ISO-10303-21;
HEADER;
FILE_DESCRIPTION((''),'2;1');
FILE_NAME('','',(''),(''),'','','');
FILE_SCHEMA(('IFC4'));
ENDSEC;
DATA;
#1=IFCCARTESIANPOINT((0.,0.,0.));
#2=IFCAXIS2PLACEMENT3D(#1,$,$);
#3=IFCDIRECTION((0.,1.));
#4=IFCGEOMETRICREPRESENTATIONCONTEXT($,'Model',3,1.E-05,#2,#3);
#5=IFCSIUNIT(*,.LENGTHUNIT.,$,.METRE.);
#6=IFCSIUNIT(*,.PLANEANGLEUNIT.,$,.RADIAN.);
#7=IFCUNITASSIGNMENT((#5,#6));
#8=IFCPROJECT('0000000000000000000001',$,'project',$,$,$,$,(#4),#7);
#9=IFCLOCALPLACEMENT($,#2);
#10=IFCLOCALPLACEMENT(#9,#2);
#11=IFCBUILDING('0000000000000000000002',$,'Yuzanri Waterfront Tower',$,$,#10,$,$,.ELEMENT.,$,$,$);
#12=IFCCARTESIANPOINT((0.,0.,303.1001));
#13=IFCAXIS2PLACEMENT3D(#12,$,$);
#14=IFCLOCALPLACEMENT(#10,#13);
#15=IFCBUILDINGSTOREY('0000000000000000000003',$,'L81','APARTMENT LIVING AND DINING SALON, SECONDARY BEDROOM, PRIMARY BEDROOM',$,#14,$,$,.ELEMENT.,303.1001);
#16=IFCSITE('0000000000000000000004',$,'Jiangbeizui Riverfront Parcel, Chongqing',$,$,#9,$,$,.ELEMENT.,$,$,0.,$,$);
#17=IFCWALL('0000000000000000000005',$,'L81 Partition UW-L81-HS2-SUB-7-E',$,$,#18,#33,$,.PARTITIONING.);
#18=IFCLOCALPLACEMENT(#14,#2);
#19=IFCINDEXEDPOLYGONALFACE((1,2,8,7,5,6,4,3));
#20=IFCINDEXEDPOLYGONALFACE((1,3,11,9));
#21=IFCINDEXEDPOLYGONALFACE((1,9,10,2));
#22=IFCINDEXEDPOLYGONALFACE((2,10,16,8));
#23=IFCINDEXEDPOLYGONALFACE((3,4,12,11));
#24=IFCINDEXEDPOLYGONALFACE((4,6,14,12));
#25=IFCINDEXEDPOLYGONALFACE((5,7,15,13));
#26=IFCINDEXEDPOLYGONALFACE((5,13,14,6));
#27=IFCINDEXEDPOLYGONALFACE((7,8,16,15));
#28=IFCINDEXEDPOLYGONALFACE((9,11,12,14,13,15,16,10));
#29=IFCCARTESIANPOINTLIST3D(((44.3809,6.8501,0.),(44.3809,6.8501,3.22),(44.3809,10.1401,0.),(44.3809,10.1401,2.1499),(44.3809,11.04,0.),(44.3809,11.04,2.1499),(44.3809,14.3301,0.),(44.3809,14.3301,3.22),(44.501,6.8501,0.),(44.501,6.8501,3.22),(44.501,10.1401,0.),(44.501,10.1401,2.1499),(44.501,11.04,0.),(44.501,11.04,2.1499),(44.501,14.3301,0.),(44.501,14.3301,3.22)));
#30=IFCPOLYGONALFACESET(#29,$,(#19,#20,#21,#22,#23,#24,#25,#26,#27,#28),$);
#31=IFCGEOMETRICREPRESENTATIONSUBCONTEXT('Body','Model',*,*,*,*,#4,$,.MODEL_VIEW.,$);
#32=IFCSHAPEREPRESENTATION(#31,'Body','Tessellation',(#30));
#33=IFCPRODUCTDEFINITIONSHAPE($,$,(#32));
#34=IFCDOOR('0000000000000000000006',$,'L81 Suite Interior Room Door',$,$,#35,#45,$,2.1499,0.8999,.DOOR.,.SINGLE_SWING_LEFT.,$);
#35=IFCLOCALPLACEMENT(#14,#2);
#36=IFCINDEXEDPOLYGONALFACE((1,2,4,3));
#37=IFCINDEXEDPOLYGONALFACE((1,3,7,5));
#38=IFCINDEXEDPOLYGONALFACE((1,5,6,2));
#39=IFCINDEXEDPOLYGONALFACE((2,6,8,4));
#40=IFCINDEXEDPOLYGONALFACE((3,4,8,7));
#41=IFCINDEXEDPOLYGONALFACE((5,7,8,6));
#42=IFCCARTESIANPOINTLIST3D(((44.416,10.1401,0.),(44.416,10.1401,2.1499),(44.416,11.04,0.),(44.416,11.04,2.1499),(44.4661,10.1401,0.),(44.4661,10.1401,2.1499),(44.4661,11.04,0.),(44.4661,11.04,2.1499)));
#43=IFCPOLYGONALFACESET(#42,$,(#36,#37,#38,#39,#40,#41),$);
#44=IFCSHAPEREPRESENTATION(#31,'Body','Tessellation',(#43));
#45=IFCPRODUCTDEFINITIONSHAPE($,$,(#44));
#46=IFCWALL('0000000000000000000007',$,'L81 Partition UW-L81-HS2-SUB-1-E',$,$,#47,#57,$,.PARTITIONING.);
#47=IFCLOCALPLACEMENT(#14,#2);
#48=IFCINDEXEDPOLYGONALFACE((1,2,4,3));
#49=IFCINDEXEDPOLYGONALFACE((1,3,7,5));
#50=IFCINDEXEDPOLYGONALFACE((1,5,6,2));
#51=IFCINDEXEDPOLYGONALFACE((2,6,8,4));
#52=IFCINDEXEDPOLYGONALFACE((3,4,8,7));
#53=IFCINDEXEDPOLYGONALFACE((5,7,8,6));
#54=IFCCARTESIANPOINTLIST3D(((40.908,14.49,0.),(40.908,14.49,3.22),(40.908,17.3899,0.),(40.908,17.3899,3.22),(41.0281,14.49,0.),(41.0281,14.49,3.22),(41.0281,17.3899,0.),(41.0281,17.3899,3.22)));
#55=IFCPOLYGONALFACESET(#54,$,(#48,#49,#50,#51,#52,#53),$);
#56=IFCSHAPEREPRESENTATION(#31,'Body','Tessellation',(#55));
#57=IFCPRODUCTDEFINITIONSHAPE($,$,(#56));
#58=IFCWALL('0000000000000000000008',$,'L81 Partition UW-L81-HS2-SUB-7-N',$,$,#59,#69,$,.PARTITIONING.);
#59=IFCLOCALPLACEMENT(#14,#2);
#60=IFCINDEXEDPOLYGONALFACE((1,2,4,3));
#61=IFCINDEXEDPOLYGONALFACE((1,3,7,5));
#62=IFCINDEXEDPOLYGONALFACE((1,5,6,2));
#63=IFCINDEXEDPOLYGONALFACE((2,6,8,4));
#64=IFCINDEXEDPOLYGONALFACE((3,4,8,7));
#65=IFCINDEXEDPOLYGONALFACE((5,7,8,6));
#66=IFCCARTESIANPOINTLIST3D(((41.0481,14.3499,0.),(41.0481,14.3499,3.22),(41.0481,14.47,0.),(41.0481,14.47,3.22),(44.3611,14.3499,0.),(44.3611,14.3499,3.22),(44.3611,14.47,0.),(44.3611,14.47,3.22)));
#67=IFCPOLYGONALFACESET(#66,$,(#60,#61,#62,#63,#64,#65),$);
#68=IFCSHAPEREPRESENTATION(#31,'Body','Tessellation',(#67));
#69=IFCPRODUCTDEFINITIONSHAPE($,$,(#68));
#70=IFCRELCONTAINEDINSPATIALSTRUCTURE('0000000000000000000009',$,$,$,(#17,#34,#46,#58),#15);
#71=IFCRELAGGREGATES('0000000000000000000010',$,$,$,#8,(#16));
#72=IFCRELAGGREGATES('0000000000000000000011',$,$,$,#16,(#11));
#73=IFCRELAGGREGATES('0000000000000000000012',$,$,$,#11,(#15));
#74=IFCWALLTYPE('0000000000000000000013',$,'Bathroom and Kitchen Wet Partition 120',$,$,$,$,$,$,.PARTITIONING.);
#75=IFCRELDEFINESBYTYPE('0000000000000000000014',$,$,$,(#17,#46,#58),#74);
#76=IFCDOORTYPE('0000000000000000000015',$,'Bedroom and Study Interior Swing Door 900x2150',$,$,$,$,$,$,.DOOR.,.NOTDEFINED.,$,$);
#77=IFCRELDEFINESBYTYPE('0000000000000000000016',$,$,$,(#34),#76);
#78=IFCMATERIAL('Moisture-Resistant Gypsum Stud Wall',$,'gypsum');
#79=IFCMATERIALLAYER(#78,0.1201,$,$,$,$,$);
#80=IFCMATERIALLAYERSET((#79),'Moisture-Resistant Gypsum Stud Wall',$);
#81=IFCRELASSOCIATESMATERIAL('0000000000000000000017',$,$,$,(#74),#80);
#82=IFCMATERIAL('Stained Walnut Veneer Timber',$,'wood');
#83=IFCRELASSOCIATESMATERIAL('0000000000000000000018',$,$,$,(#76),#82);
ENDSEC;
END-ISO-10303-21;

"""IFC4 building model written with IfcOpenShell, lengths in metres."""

from ifc_helpers import new_model, si_unit, direction, frame, frame_2d, origin, place, context, subcontext, project, spatial, rectangle, extrude, source, transform, mapped, material, layer, layer_set, type_object, element, fill, save


model = new_model("IFC4")

# Units and contexts
model_context = context("Model", 3, precision=1e-05, world=origin(), true_north=direction((0.0, 1.0)))
body_context = subcontext(model_context, "Body", "Model", "MODEL_VIEW")
ifc_project = project(units=[si_unit("LENGTHUNIT", "METRE"), si_unit("PLANEANGLEUNIT", "RADIAN")], contexts=[model_context])

# Site, building, storey
site_placement = place(None, origin())
site = spatial("IfcSite", under=ifc_project, at=site_placement, Name="Jiangbeizui Riverfront Parcel, Chongqing", CompositionType="ELEMENT", RefElevation=0.0)
building_placement = place(site_placement, origin())
building = spatial("IfcBuilding", under=site, at=building_placement, Name="Yuzanri Waterfront Tower", CompositionType="ELEMENT")
storey_placement = place(building_placement, frame((0.0, 0.0, 303.1001)))
storey = spatial("IfcBuildingStorey", under=building, at=storey_placement, Name="L81", Description="APARTMENT LIVING AND DINING SALON, SECONDARY BEDROOM, PRIMARY BEDROOM", CompositionType="ELEMENT", Elevation=303.1001)

# Wall, opening, door
ifc_material_1 = material(Name="Moisture-Resistant Gypsum Stud Wall", Category="gypsum")
ifc_layer_1 = layer(ifc_material_1, 0.1201)
ifc_layer_set_1 = layer_set([ifc_layer_1], Name="Moisture-Resistant Gypsum Stud Wall")
wall_type = type_object("IfcWallType", Name="Bathroom and Kitchen Wet Partition 120", PredefinedType="PARTITIONING", material=ifc_layer_set_1)
ifc_material_2 = material(Name="Stained Walnut Veneer Timber", Category="wood")
door_type_1 = type_object("IfcDoorType", Name="Bedroom and Study Interior Swing Door 900x2150", OperationType="NOTDEFINED", PredefinedType="DOOR", material=ifc_material_2)
shared_shape_1 = source(origin(), body_context, "Body", "SweptSolid", [
    extrude(rectangle(XDim=0.8999, YDim=2.1499, at=frame_2d((0.45, 1.075))), frame((0.0, 0.0249, 0.0), z_axis=(0.0, -1.0, 0.0), x_axis=(1.0, 0.0, 0.0)), (0.0, 0.0, 1.0), 0.05),
])
wall_1_placement = place(storey_placement, frame((44.4409, 6.8501, 0.0), z_axis=(0.0, 0.0, 1.0), x_axis=(0.0, 1.0, 0.0)))
wall_1 = element("IfcWall", 1, at=wall_1_placement, inside=storey, type_object=wall_type, Name="L81 Partition UW-L81-HS2-SUB-7-E", PredefinedType="PARTITIONING", context=body_context, shape_type="SweptSolid", body=[
    extrude(rectangle(XDim=7.48, YDim=0.1201, at=frame_2d((3.74, 0.0))), origin(), (0.0, 0.0, 1.0), 3.22),
])
opening_1_placement = place(wall_1_placement, frame((3.29, 0.0, 0.0)))
opening_1 = element("IfcOpeningElement", 2, at=opening_1_placement, cuts=wall_1, PredefinedType="OPENING", context=body_context, shape_type="SweptSolid", body=[
    extrude(rectangle(XDim=0.8999, YDim=2.1499, at=frame_2d((0.45, 1.075))), frame((0.0, 0.075, 0.0), z_axis=(0.0, -1.0, 0.0), x_axis=(1.0, 0.0, 0.0)), (0.0, 0.0, 1.0), 0.1499),
])
door_1_placement = place(opening_1_placement, origin())
door_1 = element("IfcDoor", 3, at=door_1_placement, inside=storey, type_object=door_type_1, Name="L81 Suite Interior Room Door", OperationType="SINGLE_SWING_LEFT", OverallHeight=2.1499, OverallWidth=0.8999, PredefinedType="DOOR", context=body_context, shape_type="MappedRepresentation", body=[
    mapped(shared_shape_1, transform((0.0, 0.0, 0.0), scale=1.0)),
])
fill(opening_1, door_1)

# Walls
shared_shape_2 = source(origin(), body_context, "Body", "SweptSolid", [
    extrude(rectangle(XDim=2.8999, YDim=0.1201, at=frame_2d((1.45, 0.0))), origin(), (0.0, 0.0, 1.0), 3.22),
])
wall_2_placement = place(storey_placement, frame((40.968, 14.49, 0.0), z_axis=(0.0, 0.0, 1.0), x_axis=(0.0, 1.0, 0.0)))
element("IfcWall", 4, at=wall_2_placement, inside=storey, type_object=wall_type, Name="L81 Partition UW-L81-HS2-SUB-1-E", PredefinedType="PARTITIONING", context=body_context, shape_type="MappedRepresentation", body=[
    mapped(shared_shape_2, transform((0.0, 0.0, 0.0), scale=1.0)),
])
shared_shape_3 = source(origin(), body_context, "Body", "SweptSolid", [
    extrude(rectangle(XDim=3.313, YDim=0.1201, at=frame_2d((1.6565, 0.0))), origin(), (0.0, 0.0, 1.0), 3.22),
])
wall_3_placement = place(storey_placement, frame((41.0481, 14.4099, 0.0), z_axis=(0.0, 0.0, 1.0), x_axis=(1.0, 0.0, 0.0)))
element("IfcWall", 5, at=wall_3_placement, inside=storey, type_object=wall_type, Name="L81 Partition UW-L81-HS2-SUB-7-N", PredefinedType="PARTITIONING", context=body_context, shape_type="MappedRepresentation", body=[
    mapped(shared_shape_3, transform((0.0, 0.0, 0.0), scale=1.0)),
])

save(model, "model.ifc")
